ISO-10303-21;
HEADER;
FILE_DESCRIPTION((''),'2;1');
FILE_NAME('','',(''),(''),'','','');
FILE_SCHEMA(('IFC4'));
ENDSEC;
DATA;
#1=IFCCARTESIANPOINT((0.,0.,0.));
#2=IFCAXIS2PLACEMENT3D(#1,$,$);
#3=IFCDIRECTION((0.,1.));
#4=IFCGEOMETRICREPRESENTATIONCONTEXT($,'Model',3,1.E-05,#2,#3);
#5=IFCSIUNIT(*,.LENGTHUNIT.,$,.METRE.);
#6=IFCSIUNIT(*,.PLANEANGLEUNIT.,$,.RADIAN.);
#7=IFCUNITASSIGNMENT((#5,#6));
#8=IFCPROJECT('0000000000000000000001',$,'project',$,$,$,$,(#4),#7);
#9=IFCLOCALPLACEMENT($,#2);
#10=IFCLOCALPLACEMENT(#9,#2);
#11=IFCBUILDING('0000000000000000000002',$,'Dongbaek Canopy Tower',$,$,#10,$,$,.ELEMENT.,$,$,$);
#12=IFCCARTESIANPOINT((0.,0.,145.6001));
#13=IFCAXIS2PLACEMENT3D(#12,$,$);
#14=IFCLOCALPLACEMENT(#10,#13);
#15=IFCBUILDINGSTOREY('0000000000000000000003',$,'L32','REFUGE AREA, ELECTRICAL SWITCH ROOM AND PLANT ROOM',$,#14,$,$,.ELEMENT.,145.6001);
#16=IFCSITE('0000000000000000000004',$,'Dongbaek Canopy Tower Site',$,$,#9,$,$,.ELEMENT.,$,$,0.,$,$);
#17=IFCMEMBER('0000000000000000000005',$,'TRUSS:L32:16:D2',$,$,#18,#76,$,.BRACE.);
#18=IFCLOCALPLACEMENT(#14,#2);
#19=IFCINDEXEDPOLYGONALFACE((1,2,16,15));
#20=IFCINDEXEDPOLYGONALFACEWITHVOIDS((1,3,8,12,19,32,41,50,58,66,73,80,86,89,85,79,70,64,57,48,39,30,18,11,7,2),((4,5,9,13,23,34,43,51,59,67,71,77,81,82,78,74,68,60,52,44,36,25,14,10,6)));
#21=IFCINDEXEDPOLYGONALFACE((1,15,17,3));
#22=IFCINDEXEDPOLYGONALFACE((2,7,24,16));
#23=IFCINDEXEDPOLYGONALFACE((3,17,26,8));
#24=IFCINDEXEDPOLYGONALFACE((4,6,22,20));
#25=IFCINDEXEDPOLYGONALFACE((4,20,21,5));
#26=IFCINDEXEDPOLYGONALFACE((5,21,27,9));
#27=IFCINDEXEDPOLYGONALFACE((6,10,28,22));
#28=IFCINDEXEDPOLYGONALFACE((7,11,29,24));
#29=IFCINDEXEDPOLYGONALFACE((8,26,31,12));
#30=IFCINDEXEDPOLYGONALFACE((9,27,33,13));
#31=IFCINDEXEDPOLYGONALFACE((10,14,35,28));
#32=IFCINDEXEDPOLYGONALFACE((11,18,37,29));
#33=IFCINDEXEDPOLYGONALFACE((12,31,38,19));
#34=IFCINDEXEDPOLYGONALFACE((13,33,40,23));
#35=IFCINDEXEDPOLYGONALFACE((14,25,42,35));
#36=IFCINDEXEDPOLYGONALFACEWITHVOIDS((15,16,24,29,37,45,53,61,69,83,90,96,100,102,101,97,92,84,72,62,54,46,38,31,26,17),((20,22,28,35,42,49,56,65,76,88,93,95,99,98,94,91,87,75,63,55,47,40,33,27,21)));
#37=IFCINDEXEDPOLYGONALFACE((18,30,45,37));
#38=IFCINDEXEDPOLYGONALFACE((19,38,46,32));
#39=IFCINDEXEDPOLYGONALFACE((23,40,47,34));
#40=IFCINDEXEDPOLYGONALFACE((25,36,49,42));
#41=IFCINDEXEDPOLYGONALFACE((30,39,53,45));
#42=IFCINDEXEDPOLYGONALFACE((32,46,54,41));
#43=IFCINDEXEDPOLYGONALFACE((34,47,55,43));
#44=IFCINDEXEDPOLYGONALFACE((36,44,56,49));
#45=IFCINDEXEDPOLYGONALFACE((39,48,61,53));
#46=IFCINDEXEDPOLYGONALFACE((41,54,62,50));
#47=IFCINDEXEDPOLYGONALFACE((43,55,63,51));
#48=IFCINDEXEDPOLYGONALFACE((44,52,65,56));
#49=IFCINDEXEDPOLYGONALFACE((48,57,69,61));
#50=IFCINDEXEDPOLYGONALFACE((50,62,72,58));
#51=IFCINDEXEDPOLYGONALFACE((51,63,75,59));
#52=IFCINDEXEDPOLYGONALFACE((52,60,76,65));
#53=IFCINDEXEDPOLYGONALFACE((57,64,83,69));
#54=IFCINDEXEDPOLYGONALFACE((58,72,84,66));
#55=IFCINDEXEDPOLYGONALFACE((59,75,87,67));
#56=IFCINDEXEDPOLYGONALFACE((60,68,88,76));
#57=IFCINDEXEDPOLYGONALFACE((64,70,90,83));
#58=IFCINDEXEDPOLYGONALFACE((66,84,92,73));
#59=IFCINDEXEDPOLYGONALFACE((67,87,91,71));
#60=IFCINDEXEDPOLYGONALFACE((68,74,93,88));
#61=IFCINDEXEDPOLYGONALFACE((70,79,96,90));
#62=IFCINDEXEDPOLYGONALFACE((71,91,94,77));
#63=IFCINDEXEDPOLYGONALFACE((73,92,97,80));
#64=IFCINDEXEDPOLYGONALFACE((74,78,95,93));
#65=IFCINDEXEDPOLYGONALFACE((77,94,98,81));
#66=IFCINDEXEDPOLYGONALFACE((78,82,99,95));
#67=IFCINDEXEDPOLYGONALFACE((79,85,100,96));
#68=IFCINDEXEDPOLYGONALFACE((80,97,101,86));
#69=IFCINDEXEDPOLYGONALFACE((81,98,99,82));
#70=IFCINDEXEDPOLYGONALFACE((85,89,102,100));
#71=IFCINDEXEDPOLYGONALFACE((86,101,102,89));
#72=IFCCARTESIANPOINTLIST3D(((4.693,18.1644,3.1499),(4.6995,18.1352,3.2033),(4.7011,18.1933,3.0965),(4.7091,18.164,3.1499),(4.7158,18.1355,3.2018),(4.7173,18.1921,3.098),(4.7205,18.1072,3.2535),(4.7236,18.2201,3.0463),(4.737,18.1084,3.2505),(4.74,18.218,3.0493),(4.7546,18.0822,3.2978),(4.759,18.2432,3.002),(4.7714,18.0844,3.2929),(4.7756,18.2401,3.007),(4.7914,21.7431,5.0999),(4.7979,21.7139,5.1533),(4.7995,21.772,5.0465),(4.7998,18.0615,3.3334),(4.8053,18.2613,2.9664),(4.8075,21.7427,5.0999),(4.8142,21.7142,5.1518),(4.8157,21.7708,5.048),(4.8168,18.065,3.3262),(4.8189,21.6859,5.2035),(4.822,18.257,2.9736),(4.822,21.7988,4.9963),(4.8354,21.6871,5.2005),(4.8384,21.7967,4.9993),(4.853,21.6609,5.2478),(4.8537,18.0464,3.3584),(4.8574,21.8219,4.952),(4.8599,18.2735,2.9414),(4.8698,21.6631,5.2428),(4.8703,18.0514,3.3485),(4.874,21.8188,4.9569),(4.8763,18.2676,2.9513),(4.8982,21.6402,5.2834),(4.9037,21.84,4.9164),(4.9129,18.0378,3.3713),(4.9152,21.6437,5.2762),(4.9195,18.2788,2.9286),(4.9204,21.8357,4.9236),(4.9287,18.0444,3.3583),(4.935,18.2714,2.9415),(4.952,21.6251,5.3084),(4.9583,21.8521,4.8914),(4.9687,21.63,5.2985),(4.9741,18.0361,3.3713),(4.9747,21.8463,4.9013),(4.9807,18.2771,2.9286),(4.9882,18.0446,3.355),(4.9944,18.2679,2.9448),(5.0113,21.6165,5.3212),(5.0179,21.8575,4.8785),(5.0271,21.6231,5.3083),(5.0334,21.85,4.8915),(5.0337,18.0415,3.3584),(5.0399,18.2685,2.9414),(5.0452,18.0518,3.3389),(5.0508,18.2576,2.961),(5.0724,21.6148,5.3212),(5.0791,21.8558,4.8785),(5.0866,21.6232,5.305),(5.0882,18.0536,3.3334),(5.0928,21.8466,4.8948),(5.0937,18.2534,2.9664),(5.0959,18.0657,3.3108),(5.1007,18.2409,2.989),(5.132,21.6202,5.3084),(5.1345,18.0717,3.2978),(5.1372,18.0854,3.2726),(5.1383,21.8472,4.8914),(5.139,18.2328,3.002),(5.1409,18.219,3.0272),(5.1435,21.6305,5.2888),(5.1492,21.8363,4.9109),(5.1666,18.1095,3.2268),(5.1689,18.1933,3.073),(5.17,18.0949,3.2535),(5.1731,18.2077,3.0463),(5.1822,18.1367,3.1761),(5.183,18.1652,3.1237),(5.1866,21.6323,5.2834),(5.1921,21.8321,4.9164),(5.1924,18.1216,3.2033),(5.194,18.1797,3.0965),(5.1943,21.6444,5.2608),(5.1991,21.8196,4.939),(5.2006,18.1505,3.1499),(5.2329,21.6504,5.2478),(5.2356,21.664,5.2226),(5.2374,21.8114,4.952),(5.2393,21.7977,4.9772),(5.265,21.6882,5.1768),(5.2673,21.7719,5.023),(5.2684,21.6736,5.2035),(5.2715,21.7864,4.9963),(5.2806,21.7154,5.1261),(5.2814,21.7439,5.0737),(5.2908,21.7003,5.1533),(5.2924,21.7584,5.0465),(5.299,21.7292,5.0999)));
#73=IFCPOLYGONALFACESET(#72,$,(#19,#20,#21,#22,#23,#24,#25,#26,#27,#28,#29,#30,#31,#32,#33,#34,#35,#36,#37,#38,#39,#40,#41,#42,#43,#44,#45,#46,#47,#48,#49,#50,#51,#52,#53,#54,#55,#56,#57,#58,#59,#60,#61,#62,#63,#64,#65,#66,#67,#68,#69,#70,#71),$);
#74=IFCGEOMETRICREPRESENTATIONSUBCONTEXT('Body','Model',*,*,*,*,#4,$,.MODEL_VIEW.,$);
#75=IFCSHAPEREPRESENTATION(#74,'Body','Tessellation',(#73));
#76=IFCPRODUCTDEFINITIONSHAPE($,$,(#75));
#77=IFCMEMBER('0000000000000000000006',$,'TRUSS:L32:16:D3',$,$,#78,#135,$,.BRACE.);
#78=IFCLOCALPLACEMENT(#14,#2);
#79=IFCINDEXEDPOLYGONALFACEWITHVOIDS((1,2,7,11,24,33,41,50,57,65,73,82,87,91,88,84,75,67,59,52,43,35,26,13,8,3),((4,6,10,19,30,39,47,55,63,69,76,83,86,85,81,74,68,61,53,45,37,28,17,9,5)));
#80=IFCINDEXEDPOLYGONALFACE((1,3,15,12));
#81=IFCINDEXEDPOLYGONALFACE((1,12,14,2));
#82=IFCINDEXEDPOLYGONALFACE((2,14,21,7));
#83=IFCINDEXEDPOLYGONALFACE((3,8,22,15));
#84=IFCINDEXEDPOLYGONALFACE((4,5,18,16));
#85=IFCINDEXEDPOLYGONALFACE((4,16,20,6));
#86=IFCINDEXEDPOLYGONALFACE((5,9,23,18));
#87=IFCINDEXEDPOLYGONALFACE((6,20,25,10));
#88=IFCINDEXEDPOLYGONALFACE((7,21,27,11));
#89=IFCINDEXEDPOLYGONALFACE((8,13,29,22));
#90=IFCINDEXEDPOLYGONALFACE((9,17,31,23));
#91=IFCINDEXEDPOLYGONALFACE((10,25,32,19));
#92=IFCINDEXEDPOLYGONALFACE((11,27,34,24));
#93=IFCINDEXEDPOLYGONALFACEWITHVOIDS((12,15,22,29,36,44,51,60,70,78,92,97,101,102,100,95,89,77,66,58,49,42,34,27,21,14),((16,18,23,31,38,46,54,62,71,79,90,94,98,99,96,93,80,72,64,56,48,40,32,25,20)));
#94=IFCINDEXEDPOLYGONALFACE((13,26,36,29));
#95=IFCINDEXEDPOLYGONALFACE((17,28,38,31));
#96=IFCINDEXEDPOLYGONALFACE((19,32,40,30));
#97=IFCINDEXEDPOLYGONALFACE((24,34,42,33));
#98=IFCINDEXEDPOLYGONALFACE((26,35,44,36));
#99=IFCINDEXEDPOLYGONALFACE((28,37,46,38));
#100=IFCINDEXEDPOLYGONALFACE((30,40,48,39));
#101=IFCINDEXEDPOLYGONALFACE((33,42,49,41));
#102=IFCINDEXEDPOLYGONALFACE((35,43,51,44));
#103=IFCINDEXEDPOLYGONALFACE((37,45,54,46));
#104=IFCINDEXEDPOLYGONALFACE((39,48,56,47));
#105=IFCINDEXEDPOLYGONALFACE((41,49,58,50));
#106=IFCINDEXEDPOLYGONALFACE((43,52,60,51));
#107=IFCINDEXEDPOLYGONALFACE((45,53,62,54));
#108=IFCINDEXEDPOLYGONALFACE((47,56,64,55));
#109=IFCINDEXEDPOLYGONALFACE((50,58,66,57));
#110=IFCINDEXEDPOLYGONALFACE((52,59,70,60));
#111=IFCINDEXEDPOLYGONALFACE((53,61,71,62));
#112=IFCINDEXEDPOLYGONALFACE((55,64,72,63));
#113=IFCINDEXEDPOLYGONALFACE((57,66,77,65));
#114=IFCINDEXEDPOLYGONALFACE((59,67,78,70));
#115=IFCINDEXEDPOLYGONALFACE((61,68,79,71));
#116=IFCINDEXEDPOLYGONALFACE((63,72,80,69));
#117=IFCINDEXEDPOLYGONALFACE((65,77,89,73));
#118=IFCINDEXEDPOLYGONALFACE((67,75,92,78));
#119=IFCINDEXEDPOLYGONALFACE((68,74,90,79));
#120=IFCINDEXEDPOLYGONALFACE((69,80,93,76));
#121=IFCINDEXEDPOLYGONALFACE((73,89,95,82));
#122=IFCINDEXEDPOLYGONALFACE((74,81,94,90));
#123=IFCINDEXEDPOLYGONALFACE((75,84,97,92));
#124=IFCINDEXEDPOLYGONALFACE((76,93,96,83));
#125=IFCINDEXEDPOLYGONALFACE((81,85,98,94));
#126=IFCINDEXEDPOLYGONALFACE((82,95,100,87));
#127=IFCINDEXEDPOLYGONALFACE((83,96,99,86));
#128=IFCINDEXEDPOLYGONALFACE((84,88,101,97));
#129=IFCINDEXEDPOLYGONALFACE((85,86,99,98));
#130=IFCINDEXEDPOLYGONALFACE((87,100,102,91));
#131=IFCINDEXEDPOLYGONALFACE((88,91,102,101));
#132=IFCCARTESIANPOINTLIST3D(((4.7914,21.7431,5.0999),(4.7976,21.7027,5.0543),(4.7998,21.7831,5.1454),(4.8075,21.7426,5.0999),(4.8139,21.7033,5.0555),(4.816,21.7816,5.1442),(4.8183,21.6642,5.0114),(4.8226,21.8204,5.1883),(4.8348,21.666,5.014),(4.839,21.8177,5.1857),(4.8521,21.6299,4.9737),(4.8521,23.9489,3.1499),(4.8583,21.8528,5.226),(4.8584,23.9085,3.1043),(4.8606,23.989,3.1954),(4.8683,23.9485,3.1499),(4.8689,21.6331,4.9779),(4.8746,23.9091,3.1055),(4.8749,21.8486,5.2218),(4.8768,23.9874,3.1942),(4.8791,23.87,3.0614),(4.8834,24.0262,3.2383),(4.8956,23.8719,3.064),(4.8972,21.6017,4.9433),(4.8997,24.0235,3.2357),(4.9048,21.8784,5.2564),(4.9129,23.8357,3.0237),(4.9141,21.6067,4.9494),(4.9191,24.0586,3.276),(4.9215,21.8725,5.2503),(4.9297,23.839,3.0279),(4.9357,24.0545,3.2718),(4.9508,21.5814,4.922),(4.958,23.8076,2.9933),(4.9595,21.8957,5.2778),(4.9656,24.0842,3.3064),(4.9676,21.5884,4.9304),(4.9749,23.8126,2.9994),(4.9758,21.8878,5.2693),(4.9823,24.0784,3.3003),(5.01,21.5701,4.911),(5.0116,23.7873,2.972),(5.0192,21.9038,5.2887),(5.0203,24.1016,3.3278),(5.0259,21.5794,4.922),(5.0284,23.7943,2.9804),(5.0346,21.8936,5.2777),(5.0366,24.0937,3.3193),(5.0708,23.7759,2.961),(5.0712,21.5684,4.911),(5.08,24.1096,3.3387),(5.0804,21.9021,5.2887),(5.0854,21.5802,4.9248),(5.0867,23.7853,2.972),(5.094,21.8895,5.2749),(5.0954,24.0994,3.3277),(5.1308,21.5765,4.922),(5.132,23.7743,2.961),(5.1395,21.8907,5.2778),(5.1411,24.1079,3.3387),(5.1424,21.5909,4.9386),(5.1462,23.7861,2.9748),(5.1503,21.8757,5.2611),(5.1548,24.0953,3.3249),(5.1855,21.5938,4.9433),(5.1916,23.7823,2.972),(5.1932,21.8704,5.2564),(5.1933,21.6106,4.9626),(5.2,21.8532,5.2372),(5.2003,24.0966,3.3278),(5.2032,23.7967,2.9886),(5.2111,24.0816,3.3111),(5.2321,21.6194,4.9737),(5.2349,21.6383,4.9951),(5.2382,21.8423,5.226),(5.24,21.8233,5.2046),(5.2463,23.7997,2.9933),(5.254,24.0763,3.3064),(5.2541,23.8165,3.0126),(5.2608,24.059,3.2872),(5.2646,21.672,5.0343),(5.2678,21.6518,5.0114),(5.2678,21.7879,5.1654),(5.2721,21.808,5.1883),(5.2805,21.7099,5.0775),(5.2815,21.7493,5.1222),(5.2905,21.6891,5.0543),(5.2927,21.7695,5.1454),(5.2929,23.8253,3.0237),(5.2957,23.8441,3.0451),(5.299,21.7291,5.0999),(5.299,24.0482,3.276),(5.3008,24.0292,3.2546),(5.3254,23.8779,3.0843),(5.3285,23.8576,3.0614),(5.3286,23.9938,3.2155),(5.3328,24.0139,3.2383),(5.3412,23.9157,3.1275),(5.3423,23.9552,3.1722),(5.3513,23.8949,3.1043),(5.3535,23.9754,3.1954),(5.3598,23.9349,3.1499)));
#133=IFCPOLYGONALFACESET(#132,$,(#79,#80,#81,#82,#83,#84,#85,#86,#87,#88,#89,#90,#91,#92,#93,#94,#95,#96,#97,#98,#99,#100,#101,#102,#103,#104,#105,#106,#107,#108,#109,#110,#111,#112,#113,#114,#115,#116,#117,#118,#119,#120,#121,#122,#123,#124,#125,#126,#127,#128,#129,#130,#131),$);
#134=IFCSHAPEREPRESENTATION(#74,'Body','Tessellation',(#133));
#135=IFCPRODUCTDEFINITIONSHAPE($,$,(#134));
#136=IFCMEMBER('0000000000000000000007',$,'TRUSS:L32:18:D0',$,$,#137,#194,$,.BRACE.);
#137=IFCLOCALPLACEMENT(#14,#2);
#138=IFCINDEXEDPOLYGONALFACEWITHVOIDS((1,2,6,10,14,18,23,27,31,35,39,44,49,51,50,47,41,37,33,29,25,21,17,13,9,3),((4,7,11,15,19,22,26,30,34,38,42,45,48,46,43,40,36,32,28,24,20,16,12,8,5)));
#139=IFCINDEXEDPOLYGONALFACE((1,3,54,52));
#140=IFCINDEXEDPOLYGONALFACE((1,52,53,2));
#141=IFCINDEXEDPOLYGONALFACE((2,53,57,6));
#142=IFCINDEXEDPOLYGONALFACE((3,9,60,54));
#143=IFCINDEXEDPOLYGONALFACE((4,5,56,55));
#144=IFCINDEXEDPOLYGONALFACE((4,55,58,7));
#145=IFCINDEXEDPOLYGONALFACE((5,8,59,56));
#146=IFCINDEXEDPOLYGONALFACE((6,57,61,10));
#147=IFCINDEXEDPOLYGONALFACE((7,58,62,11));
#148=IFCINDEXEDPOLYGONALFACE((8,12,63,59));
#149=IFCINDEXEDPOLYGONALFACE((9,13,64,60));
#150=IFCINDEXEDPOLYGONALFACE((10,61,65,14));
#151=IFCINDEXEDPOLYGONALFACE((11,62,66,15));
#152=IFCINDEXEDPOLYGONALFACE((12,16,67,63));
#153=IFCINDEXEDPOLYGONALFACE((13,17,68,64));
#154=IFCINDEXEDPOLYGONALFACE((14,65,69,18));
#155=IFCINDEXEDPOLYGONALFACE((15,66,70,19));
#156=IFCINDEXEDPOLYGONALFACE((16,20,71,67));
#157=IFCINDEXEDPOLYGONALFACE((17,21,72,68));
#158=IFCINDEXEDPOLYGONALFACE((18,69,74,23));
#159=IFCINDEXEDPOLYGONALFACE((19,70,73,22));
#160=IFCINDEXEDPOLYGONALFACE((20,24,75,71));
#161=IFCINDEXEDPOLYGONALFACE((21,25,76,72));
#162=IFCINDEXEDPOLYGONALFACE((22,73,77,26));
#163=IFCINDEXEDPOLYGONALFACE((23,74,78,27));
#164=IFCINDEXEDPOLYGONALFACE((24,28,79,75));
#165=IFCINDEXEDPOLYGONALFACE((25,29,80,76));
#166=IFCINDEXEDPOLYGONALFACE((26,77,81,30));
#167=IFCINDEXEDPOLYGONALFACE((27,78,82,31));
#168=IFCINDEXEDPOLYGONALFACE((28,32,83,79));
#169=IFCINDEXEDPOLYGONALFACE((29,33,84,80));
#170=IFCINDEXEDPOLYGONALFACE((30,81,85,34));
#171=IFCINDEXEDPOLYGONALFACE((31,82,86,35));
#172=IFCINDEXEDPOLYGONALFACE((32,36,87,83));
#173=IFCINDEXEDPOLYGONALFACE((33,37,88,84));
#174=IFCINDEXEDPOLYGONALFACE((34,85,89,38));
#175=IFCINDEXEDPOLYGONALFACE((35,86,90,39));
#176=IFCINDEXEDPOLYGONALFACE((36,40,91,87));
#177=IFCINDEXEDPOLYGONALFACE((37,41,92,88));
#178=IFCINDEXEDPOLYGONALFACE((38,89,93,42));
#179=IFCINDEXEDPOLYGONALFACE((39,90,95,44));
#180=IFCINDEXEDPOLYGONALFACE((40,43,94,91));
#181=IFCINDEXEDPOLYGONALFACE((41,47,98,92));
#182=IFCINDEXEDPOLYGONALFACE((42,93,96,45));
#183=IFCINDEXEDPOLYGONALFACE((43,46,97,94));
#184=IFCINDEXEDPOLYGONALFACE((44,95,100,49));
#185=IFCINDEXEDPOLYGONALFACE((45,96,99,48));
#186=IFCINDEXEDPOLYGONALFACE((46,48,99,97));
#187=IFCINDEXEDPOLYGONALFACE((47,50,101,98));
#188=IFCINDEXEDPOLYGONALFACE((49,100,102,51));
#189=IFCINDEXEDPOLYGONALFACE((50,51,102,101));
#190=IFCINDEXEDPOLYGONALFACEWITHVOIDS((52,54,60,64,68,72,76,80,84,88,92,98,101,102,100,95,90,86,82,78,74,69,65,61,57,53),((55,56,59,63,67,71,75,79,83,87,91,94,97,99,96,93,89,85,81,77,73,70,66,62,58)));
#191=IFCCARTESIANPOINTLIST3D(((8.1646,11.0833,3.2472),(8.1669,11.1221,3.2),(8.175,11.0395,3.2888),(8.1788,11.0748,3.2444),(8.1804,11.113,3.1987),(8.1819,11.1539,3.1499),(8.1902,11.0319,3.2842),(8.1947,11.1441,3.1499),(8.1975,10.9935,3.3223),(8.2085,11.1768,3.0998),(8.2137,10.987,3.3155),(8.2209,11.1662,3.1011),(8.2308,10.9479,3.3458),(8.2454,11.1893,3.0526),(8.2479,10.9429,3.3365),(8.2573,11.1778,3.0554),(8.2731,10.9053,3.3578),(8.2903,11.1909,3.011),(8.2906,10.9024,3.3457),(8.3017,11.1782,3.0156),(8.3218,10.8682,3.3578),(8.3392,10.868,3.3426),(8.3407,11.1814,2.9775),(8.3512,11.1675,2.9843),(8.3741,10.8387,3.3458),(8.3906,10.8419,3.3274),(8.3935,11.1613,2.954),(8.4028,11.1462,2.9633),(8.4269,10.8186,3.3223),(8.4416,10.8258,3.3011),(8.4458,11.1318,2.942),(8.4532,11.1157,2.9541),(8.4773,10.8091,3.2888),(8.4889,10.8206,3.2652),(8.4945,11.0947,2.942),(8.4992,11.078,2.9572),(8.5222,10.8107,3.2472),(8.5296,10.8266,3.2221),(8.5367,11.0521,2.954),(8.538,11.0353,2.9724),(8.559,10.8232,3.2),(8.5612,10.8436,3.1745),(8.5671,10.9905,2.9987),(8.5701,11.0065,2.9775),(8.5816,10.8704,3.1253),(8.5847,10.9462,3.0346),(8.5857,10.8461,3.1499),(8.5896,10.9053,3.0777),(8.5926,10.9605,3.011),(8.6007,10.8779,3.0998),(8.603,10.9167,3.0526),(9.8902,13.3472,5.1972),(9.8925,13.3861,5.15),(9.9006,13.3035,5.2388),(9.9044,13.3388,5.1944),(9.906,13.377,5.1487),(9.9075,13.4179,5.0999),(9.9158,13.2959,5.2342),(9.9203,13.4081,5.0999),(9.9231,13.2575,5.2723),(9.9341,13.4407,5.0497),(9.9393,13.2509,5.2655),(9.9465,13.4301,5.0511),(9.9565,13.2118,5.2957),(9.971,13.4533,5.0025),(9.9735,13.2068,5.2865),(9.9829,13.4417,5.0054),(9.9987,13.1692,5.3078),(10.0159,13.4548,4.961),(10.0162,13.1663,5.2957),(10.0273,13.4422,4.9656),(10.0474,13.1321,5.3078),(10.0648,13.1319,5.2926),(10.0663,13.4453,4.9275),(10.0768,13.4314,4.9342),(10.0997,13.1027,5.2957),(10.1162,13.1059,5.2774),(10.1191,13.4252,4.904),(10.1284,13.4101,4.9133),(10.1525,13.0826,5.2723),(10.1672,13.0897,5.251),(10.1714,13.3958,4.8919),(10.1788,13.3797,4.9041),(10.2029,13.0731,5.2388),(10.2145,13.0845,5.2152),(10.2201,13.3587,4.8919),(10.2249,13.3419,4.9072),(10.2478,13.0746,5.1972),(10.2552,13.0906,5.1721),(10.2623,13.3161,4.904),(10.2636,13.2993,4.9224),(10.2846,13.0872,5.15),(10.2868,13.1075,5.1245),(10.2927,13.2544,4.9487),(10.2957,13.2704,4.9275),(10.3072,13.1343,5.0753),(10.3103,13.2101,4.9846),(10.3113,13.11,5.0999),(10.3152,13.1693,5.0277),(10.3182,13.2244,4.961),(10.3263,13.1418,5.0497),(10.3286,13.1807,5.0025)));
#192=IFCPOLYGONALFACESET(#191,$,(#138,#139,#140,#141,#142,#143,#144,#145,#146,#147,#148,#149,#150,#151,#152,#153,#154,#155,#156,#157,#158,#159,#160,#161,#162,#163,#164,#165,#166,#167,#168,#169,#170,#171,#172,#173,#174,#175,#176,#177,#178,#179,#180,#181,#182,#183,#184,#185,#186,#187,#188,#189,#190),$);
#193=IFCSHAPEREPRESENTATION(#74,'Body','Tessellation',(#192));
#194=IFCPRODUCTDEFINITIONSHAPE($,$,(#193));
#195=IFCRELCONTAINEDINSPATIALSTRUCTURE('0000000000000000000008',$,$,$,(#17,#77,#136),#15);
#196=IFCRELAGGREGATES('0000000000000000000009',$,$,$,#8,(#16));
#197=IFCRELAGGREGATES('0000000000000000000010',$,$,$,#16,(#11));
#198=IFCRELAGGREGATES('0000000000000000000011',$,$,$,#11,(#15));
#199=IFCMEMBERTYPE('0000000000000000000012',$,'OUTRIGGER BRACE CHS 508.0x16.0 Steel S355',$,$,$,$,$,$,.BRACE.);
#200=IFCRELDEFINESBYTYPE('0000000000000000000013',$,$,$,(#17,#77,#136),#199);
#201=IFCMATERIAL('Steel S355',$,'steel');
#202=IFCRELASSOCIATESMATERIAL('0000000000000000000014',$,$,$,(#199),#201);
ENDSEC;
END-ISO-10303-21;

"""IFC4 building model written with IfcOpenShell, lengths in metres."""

from ifc_helpers import new_model, si_unit, direction, frame, origin, origin_2d, place, context, subcontext, project, spatial, hollow_circle, extrude, material, material_profile, profile_set, type_object, element, save


model = new_model("IFC4")

# Units and contexts
model_context = context("Model", 3, precision=1e-05, world=origin(), true_north=direction((0.0, 1.0)))
body_context = subcontext(model_context, "Body", "Model", "MODEL_VIEW")
ifc_project = project(units=[si_unit("LENGTHUNIT", "METRE"), si_unit("PLANEANGLEUNIT", "RADIAN")], contexts=[model_context])

# Site, building, storey
site_placement = place(None, origin())
site = spatial("IfcSite", under=ifc_project, at=site_placement, Name="Dongbaek Canopy Tower Site", CompositionType="ELEMENT", RefElevation=0.0)
building_placement = place(site_placement, origin())
building = spatial("IfcBuilding", under=site, at=building_placement, Name="Dongbaek Canopy Tower", CompositionType="ELEMENT")
storey_placement = place(building_placement, frame((0.0, 0.0, 145.6001)))
storey = spatial("IfcBuildingStorey", under=building, at=storey_placement, Name="L32", Description="REFUGE AREA, ELECTRICAL SWITCH ROOM AND PLANT ROOM", CompositionType="ELEMENT", Elevation=145.6001)

# Members
ifc_material_1 = material(Name="Steel S355", Category="steel")
ifc_material_profile_1 = material_profile(ifc_material_1, hollow_circle(Radius=0.2539, WallThickness=0.0161, at=origin_2d()), Name="OUTRIGGER BRACE CHS 508.0x16.0 Steel S355")
ifc_profile_set_1 = profile_set([ifc_material_profile_1], Name="Steel S355")
member_type_1 = type_object("IfcMemberType", Name="OUTRIGGER BRACE CHS 508.0x16.0 Steel S355", PredefinedType="BRACE", material=ifc_profile_set_1)
member_1_placement = place(storey_placement, frame((4.9468, 18.1575, 3.1499), z_axis=(0.024135, 0.877848, 0.478331), x_axis=(-0.999622, 0.027483, 0.0)))
element("IfcMember", 1, at=member_1_placement, inside=storey, type_object=member_type_1, Name="TRUSS:L32:16:D2", PredefinedType="BRACE", context=body_context, shape_type="SweptSolid", body=[
    extrude(hollow_circle(Radius=0.2539, WallThickness=0.0161, at=origin_2d()), origin(), (0.0, 0.0, 1.0), 4.0767),
])
member_2_placement = place(storey_placement, frame((5.0452, 21.7361, 5.0999), z_axis=(0.020644, 0.749063, -0.662177), x_axis=(-0.99962, 0.027549, 0.0)))
element("IfcMember", 2, at=member_2_placement, inside=storey, type_object=member_type_1, Name="TRUSS:L32:16:D3", PredefinedType="BRACE", context=body_context, shape_type="SweptSolid", body=[
    extrude(hollow_circle(Radius=0.2539, WallThickness=0.0161, at=origin_2d()), origin(), (0.0, 0.0, 1.0), 2.9448),
])
member_3_placement = place(storey_placement, frame((8.3838, 11.0, 3.1499), z_axis=(0.500112, 0.656131, 0.565137), x_axis=(-0.795314, 0.606198, 0.0)))
element("IfcMember", 3, at=member_3_placement, inside=storey, type_object=member_type_1, Name="TRUSS:L32:18:D0", PredefinedType="BRACE", context=body_context, shape_type="SweptSolid", body=[
    extrude(hollow_circle(Radius=0.2539, WallThickness=0.0161, at=origin_2d()), origin(), (0.0, 0.0, 1.0), 3.4504),
])

save(model, "model.ifc")
